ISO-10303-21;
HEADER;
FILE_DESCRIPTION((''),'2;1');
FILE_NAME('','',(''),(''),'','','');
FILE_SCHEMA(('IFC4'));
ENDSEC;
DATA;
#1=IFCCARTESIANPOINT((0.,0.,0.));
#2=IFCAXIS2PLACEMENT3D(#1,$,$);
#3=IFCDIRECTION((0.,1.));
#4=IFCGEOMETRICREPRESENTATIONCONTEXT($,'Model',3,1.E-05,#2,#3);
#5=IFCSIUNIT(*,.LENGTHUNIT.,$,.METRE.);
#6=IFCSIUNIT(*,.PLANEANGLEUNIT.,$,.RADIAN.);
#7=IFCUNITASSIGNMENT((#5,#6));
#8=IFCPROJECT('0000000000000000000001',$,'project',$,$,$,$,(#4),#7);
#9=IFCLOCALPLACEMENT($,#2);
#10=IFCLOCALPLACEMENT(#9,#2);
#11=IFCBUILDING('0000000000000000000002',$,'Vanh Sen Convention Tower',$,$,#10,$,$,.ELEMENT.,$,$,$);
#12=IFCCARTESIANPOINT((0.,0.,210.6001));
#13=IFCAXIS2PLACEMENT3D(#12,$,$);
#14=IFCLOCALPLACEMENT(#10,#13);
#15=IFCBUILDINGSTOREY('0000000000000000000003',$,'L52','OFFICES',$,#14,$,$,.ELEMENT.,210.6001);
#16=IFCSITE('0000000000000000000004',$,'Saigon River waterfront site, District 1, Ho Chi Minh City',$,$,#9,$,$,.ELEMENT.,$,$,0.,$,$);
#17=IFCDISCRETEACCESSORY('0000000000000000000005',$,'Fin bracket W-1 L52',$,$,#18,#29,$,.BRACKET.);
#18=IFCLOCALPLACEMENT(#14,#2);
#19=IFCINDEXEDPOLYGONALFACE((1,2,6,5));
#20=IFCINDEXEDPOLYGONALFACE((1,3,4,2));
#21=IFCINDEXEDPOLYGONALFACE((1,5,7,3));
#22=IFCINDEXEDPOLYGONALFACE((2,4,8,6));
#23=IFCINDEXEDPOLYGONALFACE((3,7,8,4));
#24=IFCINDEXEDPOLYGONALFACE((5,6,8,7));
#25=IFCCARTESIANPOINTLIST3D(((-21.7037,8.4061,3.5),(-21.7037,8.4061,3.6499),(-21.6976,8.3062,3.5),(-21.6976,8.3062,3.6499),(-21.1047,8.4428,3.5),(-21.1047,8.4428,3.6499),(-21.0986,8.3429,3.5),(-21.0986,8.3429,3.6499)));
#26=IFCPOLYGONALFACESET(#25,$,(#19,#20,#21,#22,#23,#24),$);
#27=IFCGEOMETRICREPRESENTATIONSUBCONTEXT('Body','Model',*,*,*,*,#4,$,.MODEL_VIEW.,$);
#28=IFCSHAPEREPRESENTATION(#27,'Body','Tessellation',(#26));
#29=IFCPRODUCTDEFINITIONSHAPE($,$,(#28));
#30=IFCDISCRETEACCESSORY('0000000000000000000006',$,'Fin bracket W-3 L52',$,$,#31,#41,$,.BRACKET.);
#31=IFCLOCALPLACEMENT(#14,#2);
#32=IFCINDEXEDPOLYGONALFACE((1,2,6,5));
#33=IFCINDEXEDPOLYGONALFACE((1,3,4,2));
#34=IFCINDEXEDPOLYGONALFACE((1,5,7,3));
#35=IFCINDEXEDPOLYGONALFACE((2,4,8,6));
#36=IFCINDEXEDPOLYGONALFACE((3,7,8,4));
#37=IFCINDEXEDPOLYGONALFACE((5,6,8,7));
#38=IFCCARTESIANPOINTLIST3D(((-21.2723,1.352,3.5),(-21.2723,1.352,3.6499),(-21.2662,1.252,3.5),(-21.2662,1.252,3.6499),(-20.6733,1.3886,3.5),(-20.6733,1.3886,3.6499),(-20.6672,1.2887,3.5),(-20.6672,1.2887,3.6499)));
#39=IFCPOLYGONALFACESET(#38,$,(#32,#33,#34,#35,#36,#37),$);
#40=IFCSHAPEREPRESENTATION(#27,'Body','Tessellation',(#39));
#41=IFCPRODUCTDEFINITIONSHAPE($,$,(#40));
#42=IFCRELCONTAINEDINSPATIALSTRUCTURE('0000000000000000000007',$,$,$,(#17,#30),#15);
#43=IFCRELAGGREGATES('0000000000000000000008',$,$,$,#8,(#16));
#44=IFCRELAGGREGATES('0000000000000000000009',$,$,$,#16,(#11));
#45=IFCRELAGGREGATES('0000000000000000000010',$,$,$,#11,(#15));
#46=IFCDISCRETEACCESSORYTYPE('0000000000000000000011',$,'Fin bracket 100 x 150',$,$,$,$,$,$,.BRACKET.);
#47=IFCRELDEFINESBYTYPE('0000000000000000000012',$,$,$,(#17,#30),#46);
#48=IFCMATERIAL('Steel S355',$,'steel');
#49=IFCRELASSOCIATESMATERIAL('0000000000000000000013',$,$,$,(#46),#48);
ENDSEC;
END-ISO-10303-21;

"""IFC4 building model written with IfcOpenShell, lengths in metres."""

from ifc_helpers import new_model, si_unit, direction, frame, origin, origin_2d, place, context, subcontext, project, spatial, rectangle, extrude, material, type_object, element, save


model = new_model("IFC4")

# Units and contexts
model_context = context("Model", 3, precision=1e-05, world=origin(), true_north=direction((0.0, 1.0)))
body_context = subcontext(model_context, "Body", "Model", "MODEL_VIEW")
ifc_project = project(units=[si_unit("LENGTHUNIT", "METRE"), si_unit("PLANEANGLEUNIT", "RADIAN")], contexts=[model_context])

# Site, building, storey
site_placement = place(None, origin())
site = spatial("IfcSite", under=ifc_project, at=site_placement, Name="Saigon River waterfront site, District 1, Ho Chi Minh City", CompositionType="ELEMENT", RefElevation=0.0)
building_placement = place(site_placement, origin())
building = spatial("IfcBuilding", under=site, at=building_placement, Name="Vanh Sen Convention Tower", CompositionType="ELEMENT")
storey_placement = place(building_placement, frame((0.0, 0.0, 210.6001)))
storey = spatial("IfcBuildingStorey", under=building, at=storey_placement, Name="L52", Description="OFFICES", CompositionType="ELEMENT", Elevation=210.6001)

# Discrete accessories
ifc_material_1 = material(Name="Steel S355", Category="steel")
discrete_accessory_type = type_object("IfcDiscreteAccessoryType", Name="Fin bracket 100 x 150", PredefinedType="BRACKET", material=ifc_material_1)
for number, where, z_axis, x_axis, name in (
    (1, (-21.4011, 8.3745, 3.5), (0.0, 0.0, 1.0), (-0.998135, -0.061049, 0.0), "Fin bracket W-1 L52"),
    (2, (-20.9697, 1.3203, 3.5), (0.0, 0.0, 1.0), (-0.998135, -0.061049, 0.0), "Fin bracket W-3 L52"),
):
    element("IfcDiscreteAccessory", number, at=place(storey_placement, frame(where, z_axis=z_axis, x_axis=x_axis)), inside=storey, type_object=discrete_accessory_type, Name=name, PredefinedType="BRACKET", context=body_context, shape_type="SweptSolid", body=[
        extrude(rectangle(XDim=0.6001, YDim=0.1001, at=origin_2d()), origin(), (0.0, 0.0, 1.0), 0.1499),
    ])

save(model, "model.ifc")
